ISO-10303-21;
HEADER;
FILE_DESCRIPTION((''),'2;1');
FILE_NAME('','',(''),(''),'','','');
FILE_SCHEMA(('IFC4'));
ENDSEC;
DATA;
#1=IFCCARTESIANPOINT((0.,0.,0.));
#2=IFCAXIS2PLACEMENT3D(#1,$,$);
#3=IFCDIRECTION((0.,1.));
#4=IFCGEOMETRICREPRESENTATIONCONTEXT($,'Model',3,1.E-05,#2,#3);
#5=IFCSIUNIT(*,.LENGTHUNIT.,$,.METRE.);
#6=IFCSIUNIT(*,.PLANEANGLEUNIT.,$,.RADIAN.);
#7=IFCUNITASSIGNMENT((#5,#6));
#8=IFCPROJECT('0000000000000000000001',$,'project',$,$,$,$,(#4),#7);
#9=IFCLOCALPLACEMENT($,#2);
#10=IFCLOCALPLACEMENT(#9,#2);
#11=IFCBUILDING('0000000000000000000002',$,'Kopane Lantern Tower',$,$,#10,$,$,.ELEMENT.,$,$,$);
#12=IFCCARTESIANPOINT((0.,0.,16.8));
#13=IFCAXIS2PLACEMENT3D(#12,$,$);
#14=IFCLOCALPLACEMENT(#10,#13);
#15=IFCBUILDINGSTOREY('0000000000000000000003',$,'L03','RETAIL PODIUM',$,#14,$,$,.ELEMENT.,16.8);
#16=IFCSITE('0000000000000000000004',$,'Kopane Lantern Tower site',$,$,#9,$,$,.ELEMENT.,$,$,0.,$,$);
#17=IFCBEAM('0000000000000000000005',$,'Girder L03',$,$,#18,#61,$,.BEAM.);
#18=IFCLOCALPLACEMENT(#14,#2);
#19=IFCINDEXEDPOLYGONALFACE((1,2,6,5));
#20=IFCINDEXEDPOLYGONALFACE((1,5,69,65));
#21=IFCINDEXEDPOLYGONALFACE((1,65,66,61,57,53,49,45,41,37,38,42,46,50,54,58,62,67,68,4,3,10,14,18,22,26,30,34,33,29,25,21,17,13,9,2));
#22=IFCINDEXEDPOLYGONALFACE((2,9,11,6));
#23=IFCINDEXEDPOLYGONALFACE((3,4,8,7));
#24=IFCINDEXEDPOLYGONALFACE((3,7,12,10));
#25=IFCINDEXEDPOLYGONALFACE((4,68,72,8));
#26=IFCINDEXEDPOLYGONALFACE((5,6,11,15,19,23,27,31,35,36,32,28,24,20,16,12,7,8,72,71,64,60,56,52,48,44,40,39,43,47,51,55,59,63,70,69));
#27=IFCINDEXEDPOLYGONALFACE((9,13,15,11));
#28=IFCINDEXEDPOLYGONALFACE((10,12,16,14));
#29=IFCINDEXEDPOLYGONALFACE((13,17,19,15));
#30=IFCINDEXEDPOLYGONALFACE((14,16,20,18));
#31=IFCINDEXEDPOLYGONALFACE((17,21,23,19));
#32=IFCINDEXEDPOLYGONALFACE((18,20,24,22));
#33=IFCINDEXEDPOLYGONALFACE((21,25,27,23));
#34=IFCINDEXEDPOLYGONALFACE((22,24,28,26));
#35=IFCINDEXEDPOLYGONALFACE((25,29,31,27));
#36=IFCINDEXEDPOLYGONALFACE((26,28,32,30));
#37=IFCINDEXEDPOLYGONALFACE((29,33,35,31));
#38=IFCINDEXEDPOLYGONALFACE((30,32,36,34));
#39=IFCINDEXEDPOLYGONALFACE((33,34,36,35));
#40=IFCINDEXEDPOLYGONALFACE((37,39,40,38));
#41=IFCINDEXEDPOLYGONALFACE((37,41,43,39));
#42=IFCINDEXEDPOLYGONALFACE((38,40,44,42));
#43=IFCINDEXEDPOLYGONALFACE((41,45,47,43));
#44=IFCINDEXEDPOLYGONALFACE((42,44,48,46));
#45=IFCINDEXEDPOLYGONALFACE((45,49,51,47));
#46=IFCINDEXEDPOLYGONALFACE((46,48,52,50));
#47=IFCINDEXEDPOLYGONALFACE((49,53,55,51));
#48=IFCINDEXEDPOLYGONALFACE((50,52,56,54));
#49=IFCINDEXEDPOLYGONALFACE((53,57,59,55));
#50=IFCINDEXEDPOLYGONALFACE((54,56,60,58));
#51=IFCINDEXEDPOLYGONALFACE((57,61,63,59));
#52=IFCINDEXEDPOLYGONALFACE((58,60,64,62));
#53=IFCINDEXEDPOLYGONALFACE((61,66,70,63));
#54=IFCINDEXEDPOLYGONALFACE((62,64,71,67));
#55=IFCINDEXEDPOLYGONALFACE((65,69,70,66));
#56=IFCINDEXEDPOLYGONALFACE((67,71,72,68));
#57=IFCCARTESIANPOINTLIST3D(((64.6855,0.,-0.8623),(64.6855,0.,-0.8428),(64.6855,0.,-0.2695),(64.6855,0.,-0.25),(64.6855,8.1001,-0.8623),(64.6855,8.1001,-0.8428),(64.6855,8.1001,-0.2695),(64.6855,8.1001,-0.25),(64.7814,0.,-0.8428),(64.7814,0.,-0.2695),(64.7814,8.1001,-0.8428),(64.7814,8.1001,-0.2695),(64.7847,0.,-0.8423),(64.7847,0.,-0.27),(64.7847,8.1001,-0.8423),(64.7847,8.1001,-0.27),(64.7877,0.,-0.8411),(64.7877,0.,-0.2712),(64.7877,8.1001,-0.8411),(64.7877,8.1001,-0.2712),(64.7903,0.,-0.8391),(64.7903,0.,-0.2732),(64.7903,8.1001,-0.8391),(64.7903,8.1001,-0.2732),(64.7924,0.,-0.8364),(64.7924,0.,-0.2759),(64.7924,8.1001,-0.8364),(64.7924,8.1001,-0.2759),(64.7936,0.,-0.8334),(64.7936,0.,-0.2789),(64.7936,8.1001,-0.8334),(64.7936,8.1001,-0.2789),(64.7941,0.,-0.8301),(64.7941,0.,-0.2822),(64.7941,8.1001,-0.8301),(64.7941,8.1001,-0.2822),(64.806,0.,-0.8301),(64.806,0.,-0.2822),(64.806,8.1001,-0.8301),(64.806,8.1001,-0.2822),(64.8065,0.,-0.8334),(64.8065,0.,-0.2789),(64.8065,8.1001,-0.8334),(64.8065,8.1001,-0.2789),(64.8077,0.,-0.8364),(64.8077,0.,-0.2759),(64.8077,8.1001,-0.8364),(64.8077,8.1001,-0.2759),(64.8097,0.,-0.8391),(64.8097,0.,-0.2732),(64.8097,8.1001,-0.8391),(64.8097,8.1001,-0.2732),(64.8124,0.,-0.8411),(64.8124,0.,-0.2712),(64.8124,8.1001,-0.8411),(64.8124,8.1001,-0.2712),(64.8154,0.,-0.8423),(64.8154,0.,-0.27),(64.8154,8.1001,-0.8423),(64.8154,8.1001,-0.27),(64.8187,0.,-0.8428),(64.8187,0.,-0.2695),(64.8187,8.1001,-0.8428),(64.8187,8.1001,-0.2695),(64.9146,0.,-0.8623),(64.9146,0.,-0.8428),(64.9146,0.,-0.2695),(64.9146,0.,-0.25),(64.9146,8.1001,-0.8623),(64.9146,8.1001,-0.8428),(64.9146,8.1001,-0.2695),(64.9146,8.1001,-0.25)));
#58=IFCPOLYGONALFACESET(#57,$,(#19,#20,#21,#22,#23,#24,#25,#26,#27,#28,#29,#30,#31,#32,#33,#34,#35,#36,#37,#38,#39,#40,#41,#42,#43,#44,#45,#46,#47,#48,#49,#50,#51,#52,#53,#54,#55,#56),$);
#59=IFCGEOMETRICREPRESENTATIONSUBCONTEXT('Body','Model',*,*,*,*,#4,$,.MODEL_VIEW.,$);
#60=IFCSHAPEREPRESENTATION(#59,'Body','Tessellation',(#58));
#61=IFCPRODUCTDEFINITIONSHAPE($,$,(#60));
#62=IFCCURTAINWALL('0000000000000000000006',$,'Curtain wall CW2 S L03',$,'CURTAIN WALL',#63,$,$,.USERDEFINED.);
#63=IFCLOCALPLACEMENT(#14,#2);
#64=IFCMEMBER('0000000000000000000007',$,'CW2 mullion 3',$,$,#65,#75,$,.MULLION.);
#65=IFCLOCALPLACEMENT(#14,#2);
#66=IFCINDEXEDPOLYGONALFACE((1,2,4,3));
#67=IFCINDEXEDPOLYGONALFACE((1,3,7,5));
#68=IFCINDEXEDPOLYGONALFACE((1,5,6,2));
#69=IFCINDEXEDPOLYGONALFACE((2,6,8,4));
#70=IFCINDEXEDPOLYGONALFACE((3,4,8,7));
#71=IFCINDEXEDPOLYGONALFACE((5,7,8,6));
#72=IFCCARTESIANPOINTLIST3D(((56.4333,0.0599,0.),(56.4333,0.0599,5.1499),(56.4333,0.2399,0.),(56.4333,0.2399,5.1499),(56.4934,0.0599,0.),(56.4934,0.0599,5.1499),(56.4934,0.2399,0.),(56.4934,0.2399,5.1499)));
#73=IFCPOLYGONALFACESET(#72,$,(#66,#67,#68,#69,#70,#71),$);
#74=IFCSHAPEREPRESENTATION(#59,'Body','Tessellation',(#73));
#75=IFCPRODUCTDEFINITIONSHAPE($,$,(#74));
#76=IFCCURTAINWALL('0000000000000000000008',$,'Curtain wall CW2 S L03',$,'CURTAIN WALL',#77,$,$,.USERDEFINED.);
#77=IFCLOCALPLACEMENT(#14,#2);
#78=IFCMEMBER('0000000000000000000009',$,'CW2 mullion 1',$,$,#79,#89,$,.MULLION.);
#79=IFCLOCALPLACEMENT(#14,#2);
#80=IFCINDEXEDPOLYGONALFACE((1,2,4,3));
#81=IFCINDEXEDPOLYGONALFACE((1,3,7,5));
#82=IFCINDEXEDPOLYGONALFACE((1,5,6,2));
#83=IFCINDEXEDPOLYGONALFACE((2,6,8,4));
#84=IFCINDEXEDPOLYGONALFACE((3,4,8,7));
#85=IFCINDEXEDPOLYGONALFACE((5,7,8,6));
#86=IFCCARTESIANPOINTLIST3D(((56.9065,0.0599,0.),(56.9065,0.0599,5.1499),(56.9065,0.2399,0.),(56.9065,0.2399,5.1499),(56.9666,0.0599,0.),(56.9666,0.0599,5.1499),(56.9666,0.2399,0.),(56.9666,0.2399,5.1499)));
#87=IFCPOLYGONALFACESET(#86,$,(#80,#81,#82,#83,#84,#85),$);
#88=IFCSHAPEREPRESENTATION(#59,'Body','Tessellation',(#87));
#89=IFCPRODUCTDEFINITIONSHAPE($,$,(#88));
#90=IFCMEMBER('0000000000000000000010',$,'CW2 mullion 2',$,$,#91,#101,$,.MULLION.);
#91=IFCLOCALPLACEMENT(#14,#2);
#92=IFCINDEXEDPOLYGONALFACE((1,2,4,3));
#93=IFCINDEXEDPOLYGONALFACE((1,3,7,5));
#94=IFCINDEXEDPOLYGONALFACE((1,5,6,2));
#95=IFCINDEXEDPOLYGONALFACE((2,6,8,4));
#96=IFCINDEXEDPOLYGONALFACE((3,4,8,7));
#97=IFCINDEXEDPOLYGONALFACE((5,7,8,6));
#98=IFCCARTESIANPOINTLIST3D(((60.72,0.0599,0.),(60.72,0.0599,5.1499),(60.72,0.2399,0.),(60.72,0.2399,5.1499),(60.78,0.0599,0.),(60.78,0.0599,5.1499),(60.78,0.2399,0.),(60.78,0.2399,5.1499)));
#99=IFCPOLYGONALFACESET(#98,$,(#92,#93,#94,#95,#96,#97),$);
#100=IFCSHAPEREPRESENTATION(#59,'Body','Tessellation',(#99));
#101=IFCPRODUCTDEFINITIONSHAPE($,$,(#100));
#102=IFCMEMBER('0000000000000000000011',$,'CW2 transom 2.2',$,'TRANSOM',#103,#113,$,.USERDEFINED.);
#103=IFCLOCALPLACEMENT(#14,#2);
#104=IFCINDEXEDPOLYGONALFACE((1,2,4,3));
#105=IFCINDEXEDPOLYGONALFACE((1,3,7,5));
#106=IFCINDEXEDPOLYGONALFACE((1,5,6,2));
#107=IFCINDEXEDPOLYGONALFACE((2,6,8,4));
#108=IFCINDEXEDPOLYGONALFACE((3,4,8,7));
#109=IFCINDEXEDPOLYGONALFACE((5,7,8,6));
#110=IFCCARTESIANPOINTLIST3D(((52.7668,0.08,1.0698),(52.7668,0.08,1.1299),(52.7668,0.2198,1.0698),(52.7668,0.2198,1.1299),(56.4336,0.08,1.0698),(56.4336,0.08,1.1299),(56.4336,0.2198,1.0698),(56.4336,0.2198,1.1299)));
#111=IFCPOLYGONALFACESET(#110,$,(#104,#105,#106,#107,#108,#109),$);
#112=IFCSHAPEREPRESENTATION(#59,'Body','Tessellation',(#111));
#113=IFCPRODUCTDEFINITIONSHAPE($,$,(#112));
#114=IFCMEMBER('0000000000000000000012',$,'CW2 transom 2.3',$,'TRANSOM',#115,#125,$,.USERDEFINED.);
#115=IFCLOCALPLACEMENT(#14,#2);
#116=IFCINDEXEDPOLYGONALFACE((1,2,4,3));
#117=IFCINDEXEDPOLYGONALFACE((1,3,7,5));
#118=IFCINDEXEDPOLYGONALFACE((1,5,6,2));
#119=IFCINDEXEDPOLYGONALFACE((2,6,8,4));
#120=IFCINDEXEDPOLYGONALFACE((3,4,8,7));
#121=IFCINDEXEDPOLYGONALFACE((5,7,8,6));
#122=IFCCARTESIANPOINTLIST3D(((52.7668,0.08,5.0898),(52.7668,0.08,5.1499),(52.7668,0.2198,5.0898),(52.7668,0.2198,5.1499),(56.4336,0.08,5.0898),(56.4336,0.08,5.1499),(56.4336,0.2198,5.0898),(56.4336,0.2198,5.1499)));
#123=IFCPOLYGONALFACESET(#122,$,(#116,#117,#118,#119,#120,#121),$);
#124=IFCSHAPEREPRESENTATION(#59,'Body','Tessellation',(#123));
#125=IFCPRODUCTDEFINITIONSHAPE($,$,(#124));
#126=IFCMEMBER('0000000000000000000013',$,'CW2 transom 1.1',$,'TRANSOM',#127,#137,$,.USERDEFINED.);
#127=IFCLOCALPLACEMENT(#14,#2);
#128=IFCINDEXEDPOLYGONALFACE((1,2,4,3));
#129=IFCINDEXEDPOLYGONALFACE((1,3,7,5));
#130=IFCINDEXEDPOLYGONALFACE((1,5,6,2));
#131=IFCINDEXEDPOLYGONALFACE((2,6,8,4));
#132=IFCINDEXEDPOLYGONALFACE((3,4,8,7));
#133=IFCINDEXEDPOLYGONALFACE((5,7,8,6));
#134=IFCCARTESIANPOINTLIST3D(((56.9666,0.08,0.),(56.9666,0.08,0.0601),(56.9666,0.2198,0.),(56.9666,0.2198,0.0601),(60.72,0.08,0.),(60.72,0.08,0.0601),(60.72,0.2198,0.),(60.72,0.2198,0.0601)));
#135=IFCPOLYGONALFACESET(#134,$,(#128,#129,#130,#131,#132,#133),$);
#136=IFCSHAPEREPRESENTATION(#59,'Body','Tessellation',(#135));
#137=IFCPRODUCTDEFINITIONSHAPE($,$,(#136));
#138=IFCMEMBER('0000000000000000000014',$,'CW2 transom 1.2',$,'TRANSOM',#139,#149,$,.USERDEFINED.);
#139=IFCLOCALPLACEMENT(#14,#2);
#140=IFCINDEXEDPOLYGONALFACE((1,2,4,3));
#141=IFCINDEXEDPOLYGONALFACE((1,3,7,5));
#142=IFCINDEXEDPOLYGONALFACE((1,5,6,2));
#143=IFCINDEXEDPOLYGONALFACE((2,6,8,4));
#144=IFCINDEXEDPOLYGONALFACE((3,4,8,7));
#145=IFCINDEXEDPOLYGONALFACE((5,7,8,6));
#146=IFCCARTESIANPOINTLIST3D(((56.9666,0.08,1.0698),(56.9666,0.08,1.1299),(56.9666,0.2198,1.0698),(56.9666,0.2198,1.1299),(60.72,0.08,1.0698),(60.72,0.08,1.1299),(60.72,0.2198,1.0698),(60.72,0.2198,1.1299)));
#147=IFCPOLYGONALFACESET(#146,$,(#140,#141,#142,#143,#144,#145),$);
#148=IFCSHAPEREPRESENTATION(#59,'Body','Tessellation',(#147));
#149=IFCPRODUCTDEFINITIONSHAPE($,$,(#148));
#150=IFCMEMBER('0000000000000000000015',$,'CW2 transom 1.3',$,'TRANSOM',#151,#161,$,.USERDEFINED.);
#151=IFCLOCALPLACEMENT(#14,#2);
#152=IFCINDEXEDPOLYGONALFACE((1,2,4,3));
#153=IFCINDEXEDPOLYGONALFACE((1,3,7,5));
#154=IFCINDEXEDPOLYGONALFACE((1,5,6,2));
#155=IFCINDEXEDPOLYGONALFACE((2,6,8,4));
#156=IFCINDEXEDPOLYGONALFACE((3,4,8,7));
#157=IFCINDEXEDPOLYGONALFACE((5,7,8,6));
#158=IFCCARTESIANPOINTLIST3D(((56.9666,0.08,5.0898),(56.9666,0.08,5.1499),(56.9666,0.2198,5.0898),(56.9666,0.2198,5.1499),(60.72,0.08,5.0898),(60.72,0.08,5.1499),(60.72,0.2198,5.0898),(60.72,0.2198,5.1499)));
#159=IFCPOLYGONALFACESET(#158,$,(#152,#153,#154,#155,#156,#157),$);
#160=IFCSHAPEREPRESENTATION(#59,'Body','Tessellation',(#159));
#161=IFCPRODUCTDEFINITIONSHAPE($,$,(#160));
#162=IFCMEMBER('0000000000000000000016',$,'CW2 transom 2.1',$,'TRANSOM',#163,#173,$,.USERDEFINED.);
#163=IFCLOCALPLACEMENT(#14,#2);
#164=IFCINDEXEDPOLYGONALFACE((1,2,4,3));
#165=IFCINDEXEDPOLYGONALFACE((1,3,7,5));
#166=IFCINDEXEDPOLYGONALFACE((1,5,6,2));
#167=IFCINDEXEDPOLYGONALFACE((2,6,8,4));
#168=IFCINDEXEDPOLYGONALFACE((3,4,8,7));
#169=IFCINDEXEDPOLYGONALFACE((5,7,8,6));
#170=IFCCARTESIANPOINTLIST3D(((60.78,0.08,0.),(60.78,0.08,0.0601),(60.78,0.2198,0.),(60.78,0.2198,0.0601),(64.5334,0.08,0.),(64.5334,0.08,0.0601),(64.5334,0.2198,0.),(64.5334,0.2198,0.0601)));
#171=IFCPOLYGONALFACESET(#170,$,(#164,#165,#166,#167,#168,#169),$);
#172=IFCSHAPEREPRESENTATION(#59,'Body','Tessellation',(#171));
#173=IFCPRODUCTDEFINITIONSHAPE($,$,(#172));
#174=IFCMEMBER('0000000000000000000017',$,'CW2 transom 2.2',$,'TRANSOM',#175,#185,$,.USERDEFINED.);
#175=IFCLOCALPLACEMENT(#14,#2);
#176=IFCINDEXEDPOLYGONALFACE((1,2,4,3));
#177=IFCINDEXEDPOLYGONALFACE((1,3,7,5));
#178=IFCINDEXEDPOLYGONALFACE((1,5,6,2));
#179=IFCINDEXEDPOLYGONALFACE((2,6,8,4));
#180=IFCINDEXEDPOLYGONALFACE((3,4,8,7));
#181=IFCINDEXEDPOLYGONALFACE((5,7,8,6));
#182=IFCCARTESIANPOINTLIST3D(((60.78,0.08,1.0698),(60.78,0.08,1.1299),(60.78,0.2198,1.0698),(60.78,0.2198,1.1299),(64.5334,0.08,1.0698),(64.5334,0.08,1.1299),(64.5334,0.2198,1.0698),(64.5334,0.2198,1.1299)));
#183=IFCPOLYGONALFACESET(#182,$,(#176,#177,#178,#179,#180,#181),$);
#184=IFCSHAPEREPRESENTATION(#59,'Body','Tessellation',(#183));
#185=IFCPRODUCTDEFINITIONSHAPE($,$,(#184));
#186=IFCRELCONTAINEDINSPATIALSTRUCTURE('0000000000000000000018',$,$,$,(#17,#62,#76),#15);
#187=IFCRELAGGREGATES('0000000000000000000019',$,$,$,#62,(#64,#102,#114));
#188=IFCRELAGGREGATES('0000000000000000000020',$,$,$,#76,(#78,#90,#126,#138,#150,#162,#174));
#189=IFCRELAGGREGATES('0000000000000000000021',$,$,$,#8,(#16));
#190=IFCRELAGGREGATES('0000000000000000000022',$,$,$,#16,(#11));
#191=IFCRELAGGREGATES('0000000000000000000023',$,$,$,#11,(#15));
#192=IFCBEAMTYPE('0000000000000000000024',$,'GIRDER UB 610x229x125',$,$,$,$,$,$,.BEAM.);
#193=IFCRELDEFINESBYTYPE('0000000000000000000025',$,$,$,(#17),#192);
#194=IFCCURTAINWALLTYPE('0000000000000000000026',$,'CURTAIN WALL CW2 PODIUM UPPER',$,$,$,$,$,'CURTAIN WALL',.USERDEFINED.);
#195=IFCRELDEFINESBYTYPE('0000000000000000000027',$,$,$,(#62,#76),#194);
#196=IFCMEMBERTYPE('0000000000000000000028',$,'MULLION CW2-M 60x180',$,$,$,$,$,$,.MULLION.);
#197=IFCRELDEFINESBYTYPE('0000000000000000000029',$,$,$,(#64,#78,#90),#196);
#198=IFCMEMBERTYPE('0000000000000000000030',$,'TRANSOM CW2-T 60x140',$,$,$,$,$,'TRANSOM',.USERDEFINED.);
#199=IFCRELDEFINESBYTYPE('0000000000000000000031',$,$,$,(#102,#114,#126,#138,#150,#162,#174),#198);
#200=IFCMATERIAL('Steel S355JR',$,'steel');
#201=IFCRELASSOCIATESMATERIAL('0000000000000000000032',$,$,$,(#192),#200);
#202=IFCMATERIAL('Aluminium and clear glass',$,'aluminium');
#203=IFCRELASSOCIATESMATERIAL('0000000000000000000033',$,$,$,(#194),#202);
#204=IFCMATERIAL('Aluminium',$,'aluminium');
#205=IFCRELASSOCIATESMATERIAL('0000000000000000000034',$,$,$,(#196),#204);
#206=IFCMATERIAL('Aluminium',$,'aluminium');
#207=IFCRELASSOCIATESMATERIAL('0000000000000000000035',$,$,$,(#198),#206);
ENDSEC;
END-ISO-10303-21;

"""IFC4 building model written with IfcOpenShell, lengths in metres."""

from ifc_helpers import new_model, si_unit, direction, frame, origin, origin_2d, place, context, subcontext, project, spatial, rectangle, i_section, extrude, material, material_profile, profile_set, type_object, element, aggregate, save


model = new_model("IFC4")

# Units and contexts
model_context = context("Model", 3, precision=1e-05, world=origin(), true_north=direction((0.0, 1.0)))
body_context = subcontext(model_context, "Body", "Model", "MODEL_VIEW")
ifc_project = project(units=[si_unit("LENGTHUNIT", "METRE"), si_unit("PLANEANGLEUNIT", "RADIAN")], contexts=[model_context])

# Site, building, storey
site_placement = place(None, origin())
site = spatial("IfcSite", under=ifc_project, at=site_placement, Name="Kopane Lantern Tower site", CompositionType="ELEMENT", RefElevation=0.0)
building_placement = place(site_placement, origin())
building = spatial("IfcBuilding", under=site, at=building_placement, Name="Kopane Lantern Tower", CompositionType="ELEMENT")
storey_placement = place(building_placement, frame((0.0, 0.0, 16.8)))
storey = spatial("IfcBuildingStorey", under=building, at=storey_placement, Name="L03", Description="RETAIL PODIUM", CompositionType="ELEMENT", Elevation=16.8)

# Beam
ifc_material_1 = material(Name="Steel S355JR", Category="steel")
ifc_material_profile_1 = material_profile(ifc_material_1, i_section(OverallWidth=0.229, OverallDepth=0.6123, WebThickness=0.012, FlangeThickness=0.0195, FilletRadius=0.0127, at=origin_2d()), Name="UB 610x229x125")
ifc_profile_set_1 = profile_set([ifc_material_profile_1], Name="Steel S355JR")
beam_type = type_object("IfcBeamType", Name="GIRDER UB 610x229x125", PredefinedType="BEAM", material=ifc_profile_set_1)
for number, where, z_axis, x_axis, name in (
    (1, (64.8, 0.0, -0.5562), (0.0, 1.0, 0.0), (-1.0, 0.0, 0.0), "Girder L03"),
):
    element("IfcBeam", number, at=place(storey_placement, frame(where, z_axis=z_axis, x_axis=x_axis)), inside=storey, type_object=beam_type, Name=name, PredefinedType="BEAM", context=body_context, shape_type="SweptSolid", body=[
        extrude(i_section(OverallWidth=0.229, OverallDepth=0.6123, WebThickness=0.012, FlangeThickness=0.0195, FilletRadius=0.0127, at=origin_2d()), origin(), (0.0, 0.0, 1.0), 8.1001),
    ])

# Curtain wall, member
ifc_material_2 = material(Name="Aluminium and clear glass", Category="aluminium")
curtain_wall_type = type_object("IfcCurtainWallType", Name="CURTAIN WALL CW2 PODIUM UPPER", ElementType="CURTAIN WALL", PredefinedType="USERDEFINED", material=ifc_material_2)
curtain_wall_1_placement = place(storey_placement, origin())
curtain_wall_1 = element("IfcCurtainWall", 2, at=curtain_wall_1_placement, inside=storey, type_object=curtain_wall_type, Name="Curtain wall CW2 S L03", ObjectType="CURTAIN WALL", PredefinedType="USERDEFINED")
ifc_material_3 = material(Name="Aluminium", Category="aluminium")
ifc_material_profile_2 = material_profile(ifc_material_3, rectangle(XDim=0.0601, YDim=0.1799, at=origin_2d()), Name="AL 60x180")
ifc_profile_set_2 = profile_set([ifc_material_profile_2], Name="Aluminium")
member_type_1 = type_object("IfcMemberType", Name="MULLION CW2-M 60x180", PredefinedType="MULLION", material=ifc_profile_set_2)
member_1_placement = place(storey_placement, frame((56.4634, 0.1499, 0.0), z_axis=(0.0, 0.0, 1.0), x_axis=(1.0, 0.0, 0.0)))
member_1 = element("IfcMember", 3, at=member_1_placement, type_object=member_type_1, Name="CW2 mullion 3", PredefinedType="MULLION", context=body_context, shape_type="SweptSolid", body=[
    extrude(rectangle(XDim=0.0601, YDim=0.1799, at=origin_2d()), origin(), (0.0, 0.0, 1.0), 5.1499),
])

# Curtain wall, members
curtain_wall_2_placement = place(storey_placement, origin())
curtain_wall_2 = element("IfcCurtainWall", 4, at=curtain_wall_2_placement, inside=storey, type_object=curtain_wall_type, Name="Curtain wall CW2 S L03", ObjectType="CURTAIN WALL", PredefinedType="USERDEFINED")
member_2_placement = place(storey_placement, frame((56.9365, 0.1499, 0.0), z_axis=(0.0, 0.0, 1.0), x_axis=(1.0, 0.0, 0.0)))
member_2 = element("IfcMember", 5, at=member_2_placement, type_object=member_type_1, Name="CW2 mullion 1", PredefinedType="MULLION", context=body_context, shape_type="SweptSolid", body=[
    extrude(rectangle(XDim=0.0601, YDim=0.1799, at=origin_2d()), origin(), (0.0, 0.0, 1.0), 5.1499),
])
member_3_placement = place(storey_placement, frame((60.75, 0.1499, 0.0), z_axis=(0.0, 0.0, 1.0), x_axis=(1.0, 0.0, 0.0)))
member_3 = element("IfcMember", 6, at=member_3_placement, type_object=member_type_1, Name="CW2 mullion 2", PredefinedType="MULLION", context=body_context, shape_type="SweptSolid", body=[
    extrude(rectangle(XDim=0.0601, YDim=0.1799, at=origin_2d()), origin(), (0.0, 0.0, 1.0), 5.1499),
])

# Members
ifc_material_4 = material(Name="Aluminium", Category="aluminium")
ifc_material_profile_3 = material_profile(ifc_material_4, rectangle(XDim=0.1399, YDim=0.0601, at=origin_2d()), Name="AL 140x60")
ifc_profile_set_3 = profile_set([ifc_material_profile_3], Name="Aluminium")
member_type_2 = type_object("IfcMemberType", Name="TRANSOM CW2-T 60x140", ElementType="TRANSOM", PredefinedType="USERDEFINED", material=ifc_profile_set_3)
member_4_placement = place(storey_placement, frame((52.7668, 0.1499, 1.0999), z_axis=(1.0, 0.0, 0.0), x_axis=(0.0, 1.0, 0.0)))
member_4 = element("IfcMember", 7, at=member_4_placement, type_object=member_type_2, Name="CW2 transom 2.2", ObjectType="TRANSOM", PredefinedType="USERDEFINED", context=body_context, shape_type="SweptSolid", body=[
    extrude(rectangle(XDim=0.1399, YDim=0.0601, at=origin_2d()), origin(), (0.0, 0.0, 1.0), 3.6667),
])
member_5_placement = place(storey_placement, frame((52.7668, 0.1499, 5.1199), z_axis=(1.0, 0.0, 0.0), x_axis=(0.0, 1.0, 0.0)))
member_5 = element("IfcMember", 8, at=member_5_placement, type_object=member_type_2, Name="CW2 transom 2.3", ObjectType="TRANSOM", PredefinedType="USERDEFINED", context=body_context, shape_type="SweptSolid", body=[
    extrude(rectangle(XDim=0.1399, YDim=0.0601, at=origin_2d()), origin(), (0.0, 0.0, 1.0), 3.6667),
])
member_6_placement = place(storey_placement, frame((56.9666, 0.1499, 0.03), z_axis=(1.0, 0.0, 0.0), x_axis=(0.0, 1.0, 0.0)))
member_6 = element("IfcMember", 9, at=member_6_placement, type_object=member_type_2, Name="CW2 transom 1.1", ObjectType="TRANSOM", PredefinedType="USERDEFINED", context=body_context, shape_type="SweptSolid", body=[
    extrude(rectangle(XDim=0.1399, YDim=0.0601, at=origin_2d()), origin(), (0.0, 0.0, 1.0), 3.7534),
])
member_7_placement = place(storey_placement, frame((56.9666, 0.1499, 1.0999), z_axis=(1.0, 0.0, 0.0), x_axis=(0.0, 1.0, 0.0)))
member_7 = element("IfcMember", 10, at=member_7_placement, type_object=member_type_2, Name="CW2 transom 1.2", ObjectType="TRANSOM", PredefinedType="USERDEFINED", context=body_context, shape_type="SweptSolid", body=[
    extrude(rectangle(XDim=0.1399, YDim=0.0601, at=origin_2d()), origin(), (0.0, 0.0, 1.0), 3.7534),
])
member_8_placement = place(storey_placement, frame((56.9666, 0.1499, 5.1199), z_axis=(1.0, 0.0, 0.0), x_axis=(0.0, 1.0, 0.0)))
member_8 = element("IfcMember", 11, at=member_8_placement, type_object=member_type_2, Name="CW2 transom 1.3", ObjectType="TRANSOM", PredefinedType="USERDEFINED", context=body_context, shape_type="SweptSolid", body=[
    extrude(rectangle(XDim=0.1399, YDim=0.0601, at=origin_2d()), origin(), (0.0, 0.0, 1.0), 3.7534),
])
member_9_placement = place(storey_placement, frame((60.78, 0.1499, 0.03), z_axis=(1.0, 0.0, 0.0), x_axis=(0.0, 1.0, 0.0)))
member_9 = element("IfcMember", 12, at=member_9_placement, type_object=member_type_2, Name="CW2 transom 2.1", ObjectType="TRANSOM", PredefinedType="USERDEFINED", context=body_context, shape_type="SweptSolid", body=[
    extrude(rectangle(XDim=0.1399, YDim=0.0601, at=origin_2d()), origin(), (0.0, 0.0, 1.0), 3.7534),
])
member_10_placement = place(storey_placement, frame((60.78, 0.1499, 1.0999), z_axis=(1.0, 0.0, 0.0), x_axis=(0.0, 1.0, 0.0)))
member_10 = element("IfcMember", 13, at=member_10_placement, type_object=member_type_2, Name="CW2 transom 2.2", ObjectType="TRANSOM", PredefinedType="USERDEFINED", context=body_context, shape_type="SweptSolid", body=[
    extrude(rectangle(XDim=0.1399, YDim=0.0601, at=origin_2d()), origin(), (0.0, 0.0, 1.0), 3.7534),
])

aggregate(curtain_wall_1, [member_1, member_4, member_5])
aggregate(curtain_wall_2, [member_2, member_3, member_6, member_7, member_8, member_9, member_10])

save(model, "model.ifc")
